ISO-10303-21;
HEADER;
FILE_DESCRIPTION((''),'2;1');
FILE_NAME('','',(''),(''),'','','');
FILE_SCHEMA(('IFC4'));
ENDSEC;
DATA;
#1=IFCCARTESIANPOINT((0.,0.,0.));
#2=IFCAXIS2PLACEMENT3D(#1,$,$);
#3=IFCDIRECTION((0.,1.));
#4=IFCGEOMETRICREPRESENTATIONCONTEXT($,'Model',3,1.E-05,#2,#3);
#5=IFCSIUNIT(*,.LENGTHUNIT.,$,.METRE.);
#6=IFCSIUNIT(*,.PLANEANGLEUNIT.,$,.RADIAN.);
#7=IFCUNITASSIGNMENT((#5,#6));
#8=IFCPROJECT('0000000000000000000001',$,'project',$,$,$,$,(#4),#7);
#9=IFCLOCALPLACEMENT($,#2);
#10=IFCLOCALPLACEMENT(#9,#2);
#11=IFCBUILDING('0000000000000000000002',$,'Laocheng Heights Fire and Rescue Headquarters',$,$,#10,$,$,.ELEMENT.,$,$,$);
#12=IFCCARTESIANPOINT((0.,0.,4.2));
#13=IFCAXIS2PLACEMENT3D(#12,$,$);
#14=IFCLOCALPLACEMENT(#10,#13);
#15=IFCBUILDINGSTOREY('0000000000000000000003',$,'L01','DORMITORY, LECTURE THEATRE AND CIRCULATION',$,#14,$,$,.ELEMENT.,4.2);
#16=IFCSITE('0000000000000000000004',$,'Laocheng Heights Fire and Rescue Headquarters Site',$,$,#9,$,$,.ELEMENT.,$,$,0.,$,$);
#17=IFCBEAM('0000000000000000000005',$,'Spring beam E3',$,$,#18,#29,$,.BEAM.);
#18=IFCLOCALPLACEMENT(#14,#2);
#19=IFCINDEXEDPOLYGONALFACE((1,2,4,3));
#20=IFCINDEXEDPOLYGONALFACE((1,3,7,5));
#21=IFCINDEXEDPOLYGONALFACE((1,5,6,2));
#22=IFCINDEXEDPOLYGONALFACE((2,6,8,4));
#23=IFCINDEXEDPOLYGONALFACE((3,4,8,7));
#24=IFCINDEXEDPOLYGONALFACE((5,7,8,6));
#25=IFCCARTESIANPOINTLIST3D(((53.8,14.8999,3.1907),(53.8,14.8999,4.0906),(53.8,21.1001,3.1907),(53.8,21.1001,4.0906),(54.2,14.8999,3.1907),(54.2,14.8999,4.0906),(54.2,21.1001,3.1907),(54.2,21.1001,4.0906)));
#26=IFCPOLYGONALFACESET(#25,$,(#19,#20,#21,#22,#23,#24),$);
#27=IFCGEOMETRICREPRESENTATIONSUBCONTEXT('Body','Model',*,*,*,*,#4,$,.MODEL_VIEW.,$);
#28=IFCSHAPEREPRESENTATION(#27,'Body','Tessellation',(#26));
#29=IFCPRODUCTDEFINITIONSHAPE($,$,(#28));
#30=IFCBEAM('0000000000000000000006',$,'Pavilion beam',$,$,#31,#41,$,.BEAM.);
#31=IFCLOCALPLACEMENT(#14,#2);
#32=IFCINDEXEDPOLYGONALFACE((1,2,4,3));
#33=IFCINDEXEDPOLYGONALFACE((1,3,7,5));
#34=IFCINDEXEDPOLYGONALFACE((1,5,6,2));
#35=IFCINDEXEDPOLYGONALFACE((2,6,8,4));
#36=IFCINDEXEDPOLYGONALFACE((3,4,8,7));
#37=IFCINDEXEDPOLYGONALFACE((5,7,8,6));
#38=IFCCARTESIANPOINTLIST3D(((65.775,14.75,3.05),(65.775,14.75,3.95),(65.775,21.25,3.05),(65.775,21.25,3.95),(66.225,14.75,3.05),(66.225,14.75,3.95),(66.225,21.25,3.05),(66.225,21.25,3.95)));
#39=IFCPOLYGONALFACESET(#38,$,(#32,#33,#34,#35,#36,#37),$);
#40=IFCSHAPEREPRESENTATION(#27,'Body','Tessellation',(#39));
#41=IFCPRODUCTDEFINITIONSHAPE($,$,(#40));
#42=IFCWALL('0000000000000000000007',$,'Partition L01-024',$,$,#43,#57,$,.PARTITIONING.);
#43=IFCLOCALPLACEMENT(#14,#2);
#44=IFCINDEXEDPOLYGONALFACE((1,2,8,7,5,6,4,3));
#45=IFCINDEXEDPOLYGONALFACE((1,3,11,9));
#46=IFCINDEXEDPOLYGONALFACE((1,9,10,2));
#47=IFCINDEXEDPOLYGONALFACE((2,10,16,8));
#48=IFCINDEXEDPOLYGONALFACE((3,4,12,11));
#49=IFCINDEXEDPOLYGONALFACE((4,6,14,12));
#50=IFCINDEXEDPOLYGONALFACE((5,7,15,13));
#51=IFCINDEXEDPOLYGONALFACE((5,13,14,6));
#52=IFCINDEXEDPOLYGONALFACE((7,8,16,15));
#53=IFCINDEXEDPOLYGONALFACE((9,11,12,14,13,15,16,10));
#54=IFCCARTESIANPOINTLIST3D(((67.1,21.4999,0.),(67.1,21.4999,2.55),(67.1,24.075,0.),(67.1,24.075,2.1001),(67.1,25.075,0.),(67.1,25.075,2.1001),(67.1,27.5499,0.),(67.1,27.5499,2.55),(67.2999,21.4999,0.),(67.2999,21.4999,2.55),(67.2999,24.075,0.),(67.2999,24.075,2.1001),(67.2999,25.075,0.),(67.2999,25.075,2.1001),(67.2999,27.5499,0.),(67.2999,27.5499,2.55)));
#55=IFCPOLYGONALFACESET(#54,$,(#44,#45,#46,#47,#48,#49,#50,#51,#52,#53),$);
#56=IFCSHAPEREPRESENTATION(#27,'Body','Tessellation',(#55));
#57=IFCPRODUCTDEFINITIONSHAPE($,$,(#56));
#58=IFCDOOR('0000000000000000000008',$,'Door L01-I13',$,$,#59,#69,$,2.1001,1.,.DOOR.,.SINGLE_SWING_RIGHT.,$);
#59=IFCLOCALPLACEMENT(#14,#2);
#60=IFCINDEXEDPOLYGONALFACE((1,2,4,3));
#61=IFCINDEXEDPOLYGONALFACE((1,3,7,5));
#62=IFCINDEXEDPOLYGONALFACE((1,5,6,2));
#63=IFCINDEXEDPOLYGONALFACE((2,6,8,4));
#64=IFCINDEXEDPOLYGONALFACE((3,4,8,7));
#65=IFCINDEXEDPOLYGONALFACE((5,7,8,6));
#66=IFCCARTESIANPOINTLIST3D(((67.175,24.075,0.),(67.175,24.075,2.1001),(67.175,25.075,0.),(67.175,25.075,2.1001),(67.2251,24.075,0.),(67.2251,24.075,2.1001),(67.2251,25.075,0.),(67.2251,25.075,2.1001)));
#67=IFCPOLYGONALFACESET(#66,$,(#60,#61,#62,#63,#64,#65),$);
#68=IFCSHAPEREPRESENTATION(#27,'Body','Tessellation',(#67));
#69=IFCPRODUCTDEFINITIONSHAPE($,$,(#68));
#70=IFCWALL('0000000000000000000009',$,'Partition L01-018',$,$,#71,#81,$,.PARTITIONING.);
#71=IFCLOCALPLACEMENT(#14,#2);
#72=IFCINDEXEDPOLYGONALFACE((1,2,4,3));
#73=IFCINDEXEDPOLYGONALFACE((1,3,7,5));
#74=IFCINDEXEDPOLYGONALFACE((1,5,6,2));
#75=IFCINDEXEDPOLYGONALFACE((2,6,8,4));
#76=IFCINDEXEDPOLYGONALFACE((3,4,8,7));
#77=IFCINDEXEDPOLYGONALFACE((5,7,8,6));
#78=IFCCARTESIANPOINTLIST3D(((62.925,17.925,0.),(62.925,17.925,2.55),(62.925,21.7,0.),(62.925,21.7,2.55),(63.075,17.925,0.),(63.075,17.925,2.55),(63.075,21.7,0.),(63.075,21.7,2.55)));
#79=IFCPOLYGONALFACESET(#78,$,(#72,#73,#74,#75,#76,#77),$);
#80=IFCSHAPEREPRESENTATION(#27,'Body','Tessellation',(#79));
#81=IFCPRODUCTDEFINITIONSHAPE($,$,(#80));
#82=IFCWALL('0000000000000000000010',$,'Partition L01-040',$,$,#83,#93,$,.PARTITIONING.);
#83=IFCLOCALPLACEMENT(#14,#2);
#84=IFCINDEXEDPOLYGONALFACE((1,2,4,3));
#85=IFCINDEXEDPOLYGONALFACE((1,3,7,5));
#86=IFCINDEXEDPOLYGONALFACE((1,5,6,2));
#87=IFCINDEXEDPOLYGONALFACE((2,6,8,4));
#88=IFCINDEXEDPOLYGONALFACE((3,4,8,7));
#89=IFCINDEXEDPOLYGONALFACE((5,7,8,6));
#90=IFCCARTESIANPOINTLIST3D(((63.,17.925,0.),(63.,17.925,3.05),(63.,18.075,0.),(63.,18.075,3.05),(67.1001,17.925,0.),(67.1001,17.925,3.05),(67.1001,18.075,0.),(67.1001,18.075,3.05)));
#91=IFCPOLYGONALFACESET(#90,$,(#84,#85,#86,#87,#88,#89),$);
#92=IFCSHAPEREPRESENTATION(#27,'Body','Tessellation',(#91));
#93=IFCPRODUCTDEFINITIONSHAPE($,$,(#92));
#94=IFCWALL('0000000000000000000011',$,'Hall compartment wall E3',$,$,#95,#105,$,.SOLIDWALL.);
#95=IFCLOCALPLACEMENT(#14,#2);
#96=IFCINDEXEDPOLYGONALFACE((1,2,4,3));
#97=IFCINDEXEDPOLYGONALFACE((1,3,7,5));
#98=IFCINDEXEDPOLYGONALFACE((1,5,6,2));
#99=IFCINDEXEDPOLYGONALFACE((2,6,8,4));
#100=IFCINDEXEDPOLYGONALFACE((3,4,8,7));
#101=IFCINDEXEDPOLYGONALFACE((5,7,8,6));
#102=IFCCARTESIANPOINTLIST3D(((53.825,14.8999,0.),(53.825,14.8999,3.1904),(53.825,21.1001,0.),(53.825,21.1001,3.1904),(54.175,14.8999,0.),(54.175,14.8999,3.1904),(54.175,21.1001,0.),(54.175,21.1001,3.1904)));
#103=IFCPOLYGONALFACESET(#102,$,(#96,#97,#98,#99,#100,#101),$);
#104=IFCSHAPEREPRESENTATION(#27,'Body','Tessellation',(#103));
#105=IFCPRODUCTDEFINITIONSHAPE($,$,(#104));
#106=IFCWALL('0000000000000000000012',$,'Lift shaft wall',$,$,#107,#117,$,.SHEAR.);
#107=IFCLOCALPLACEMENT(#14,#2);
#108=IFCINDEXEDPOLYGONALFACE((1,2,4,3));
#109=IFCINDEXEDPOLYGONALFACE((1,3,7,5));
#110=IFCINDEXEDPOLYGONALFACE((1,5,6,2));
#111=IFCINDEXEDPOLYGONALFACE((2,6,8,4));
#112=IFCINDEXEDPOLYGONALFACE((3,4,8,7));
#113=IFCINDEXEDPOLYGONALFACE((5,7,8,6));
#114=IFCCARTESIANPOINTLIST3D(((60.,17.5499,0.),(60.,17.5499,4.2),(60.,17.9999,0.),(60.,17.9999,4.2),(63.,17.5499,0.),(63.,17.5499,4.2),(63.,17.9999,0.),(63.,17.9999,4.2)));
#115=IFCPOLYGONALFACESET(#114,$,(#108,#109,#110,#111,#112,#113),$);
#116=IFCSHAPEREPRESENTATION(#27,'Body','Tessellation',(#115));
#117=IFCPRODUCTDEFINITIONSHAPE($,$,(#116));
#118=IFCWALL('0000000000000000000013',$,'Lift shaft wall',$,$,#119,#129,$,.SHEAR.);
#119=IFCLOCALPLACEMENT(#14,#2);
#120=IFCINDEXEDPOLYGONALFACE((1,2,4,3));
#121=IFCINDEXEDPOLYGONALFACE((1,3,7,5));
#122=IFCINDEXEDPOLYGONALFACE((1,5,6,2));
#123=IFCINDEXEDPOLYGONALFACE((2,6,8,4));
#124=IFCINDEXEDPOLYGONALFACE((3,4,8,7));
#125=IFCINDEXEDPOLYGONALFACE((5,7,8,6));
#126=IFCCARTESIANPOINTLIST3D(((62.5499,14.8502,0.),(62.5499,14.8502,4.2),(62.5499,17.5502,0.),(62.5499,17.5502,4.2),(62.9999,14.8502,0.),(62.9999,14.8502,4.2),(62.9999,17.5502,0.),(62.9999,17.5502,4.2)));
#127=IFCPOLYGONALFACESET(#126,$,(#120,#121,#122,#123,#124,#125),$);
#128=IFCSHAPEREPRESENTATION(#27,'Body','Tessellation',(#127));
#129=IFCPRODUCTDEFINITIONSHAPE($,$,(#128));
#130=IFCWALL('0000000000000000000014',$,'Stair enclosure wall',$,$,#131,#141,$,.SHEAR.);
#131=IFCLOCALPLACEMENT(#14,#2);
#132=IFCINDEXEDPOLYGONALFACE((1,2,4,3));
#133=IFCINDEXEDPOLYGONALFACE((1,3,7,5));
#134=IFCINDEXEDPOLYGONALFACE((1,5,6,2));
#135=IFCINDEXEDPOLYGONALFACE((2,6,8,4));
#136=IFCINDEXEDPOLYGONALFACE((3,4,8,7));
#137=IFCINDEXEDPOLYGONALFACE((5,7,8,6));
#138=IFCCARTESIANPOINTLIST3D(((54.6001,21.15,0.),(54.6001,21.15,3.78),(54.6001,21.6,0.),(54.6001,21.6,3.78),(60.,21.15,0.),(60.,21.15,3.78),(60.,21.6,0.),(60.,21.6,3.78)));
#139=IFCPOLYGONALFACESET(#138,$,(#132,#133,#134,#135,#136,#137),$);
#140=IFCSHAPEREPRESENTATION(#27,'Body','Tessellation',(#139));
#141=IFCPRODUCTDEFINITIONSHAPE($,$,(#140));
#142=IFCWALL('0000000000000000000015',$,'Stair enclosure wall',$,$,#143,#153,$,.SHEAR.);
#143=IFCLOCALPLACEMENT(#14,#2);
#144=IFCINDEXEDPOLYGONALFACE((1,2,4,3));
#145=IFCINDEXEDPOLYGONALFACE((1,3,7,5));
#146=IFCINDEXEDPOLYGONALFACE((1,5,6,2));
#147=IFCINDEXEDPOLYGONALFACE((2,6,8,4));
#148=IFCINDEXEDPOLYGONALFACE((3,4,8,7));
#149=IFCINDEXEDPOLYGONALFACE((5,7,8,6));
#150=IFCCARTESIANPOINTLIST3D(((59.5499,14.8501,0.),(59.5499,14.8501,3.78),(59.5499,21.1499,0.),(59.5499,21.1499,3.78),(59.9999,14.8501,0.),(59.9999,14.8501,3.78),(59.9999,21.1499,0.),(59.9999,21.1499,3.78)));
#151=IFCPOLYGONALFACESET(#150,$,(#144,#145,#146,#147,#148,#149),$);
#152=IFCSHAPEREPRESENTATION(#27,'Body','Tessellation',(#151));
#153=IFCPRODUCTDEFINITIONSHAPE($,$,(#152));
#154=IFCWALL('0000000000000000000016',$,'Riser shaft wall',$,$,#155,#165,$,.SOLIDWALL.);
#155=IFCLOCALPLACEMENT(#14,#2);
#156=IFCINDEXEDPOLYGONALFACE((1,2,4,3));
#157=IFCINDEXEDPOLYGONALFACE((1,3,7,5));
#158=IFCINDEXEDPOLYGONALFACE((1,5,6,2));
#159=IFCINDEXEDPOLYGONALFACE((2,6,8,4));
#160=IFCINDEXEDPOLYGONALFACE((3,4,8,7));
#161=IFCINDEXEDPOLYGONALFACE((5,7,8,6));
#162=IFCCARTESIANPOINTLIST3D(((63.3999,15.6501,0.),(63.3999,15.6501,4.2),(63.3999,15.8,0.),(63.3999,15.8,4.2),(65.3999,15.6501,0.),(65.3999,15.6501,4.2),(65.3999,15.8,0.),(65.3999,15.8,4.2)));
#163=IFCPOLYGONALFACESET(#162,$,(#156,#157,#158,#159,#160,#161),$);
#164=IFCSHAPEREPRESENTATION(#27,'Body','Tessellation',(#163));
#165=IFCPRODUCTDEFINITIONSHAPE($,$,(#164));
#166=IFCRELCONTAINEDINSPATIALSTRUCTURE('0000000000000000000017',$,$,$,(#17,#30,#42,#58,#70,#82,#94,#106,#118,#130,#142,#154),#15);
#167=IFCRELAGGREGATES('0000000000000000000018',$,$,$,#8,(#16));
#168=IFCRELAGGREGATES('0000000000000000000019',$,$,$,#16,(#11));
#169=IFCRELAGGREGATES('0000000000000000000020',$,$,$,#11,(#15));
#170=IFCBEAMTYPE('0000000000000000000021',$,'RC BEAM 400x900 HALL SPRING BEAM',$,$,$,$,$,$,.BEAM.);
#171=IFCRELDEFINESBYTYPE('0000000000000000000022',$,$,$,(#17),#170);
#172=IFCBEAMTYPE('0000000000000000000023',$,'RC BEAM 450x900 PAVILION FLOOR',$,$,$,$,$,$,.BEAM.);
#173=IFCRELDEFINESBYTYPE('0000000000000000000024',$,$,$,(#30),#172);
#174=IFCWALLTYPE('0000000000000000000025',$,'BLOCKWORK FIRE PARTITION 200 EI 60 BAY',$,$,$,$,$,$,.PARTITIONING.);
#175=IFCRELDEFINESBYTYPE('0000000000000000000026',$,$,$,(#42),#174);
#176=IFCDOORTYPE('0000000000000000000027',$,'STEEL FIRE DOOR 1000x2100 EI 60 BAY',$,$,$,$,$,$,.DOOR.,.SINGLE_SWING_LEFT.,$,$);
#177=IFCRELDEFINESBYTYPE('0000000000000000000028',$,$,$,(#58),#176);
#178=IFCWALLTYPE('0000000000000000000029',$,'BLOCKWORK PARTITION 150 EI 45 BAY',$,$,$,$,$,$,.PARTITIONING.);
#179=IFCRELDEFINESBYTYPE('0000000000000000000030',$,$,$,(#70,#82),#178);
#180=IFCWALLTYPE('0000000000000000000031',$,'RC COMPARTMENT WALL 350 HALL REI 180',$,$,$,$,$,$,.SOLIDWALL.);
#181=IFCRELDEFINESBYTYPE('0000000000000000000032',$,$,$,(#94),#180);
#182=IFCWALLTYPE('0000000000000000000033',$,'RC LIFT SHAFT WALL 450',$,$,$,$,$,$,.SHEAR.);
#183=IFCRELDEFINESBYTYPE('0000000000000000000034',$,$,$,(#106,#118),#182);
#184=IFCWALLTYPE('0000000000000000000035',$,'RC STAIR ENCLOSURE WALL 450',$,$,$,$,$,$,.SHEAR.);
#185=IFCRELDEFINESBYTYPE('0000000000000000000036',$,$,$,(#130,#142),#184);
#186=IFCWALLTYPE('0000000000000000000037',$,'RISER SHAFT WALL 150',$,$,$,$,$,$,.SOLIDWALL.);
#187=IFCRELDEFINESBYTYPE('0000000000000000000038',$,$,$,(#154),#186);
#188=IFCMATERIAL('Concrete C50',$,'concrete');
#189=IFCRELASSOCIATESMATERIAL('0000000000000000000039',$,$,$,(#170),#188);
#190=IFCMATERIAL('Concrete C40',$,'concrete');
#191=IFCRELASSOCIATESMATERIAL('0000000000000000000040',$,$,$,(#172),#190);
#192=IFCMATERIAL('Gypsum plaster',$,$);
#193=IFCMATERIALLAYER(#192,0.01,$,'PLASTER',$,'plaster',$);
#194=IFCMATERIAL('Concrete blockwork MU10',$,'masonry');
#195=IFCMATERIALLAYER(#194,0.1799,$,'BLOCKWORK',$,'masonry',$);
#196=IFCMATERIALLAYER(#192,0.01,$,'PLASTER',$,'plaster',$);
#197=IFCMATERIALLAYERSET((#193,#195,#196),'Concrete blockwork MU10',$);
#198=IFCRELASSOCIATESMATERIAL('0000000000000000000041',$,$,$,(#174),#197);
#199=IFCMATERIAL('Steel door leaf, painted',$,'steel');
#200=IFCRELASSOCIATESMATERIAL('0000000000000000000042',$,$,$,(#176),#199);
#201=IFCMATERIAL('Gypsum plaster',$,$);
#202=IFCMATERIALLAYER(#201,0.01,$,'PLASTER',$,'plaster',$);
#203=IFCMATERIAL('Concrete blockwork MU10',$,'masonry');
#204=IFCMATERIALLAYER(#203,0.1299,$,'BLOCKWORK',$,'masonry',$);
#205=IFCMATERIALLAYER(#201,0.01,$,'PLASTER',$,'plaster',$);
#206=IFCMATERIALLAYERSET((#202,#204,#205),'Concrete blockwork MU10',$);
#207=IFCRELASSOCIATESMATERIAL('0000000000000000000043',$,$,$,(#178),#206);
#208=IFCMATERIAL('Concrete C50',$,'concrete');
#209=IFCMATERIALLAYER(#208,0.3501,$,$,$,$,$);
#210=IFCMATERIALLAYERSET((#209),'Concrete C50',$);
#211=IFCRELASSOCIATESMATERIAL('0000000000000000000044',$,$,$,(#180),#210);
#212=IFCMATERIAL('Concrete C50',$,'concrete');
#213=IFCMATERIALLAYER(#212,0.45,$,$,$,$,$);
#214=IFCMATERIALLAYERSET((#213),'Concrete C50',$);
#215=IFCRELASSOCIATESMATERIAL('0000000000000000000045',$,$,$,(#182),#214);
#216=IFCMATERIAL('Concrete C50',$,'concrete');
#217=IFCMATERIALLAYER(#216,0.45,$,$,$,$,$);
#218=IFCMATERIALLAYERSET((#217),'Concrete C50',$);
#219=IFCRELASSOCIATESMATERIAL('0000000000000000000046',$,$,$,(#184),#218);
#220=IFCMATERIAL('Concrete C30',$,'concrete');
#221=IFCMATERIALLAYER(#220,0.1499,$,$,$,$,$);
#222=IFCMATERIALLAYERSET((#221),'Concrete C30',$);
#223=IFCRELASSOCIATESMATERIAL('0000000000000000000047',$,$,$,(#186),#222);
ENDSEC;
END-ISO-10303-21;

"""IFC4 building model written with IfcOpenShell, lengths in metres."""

from ifc_helpers import new_model, si_unit, direction, frame, frame_2d, origin, origin_2d, place, context, subcontext, project, spatial, rectangle, extrude, material, layer, layer_set, material_profile, profile_set, type_object, element, fill, save


model = new_model("IFC4")

# Units and contexts
model_context = context("Model", 3, precision=1e-05, world=origin(), true_north=direction((0.0, 1.0)))
body_context = subcontext(model_context, "Body", "Model", "MODEL_VIEW")
ifc_project = project(units=[si_unit("LENGTHUNIT", "METRE"), si_unit("PLANEANGLEUNIT", "RADIAN")], contexts=[model_context])

# Site, building, storey
site_placement = place(None, origin())
site = spatial("IfcSite", under=ifc_project, at=site_placement, Name="Laocheng Heights Fire and Rescue Headquarters Site", CompositionType="ELEMENT", RefElevation=0.0)
building_placement = place(site_placement, origin())
building = spatial("IfcBuilding", under=site, at=building_placement, Name="Laocheng Heights Fire and Rescue Headquarters", CompositionType="ELEMENT")
storey_placement = place(building_placement, frame((0.0, 0.0, 4.2)))
storey = spatial("IfcBuildingStorey", under=building, at=storey_placement, Name="L01", Description="DORMITORY, LECTURE THEATRE AND CIRCULATION", CompositionType="ELEMENT", Elevation=4.2)

# Beams
ifc_material_1 = material(Name="Concrete C50", Category="concrete")
ifc_material_profile_1 = material_profile(ifc_material_1, rectangle(XDim=0.3999, YDim=0.8999, at=origin_2d()), Name="RC BEAM 400x900 HALL SPRING BEAM")
ifc_profile_set_1 = profile_set([ifc_material_profile_1], Name="Concrete C50")
beam_type_1 = type_object("IfcBeamType", Name="RC BEAM 400x900 HALL SPRING BEAM", PredefinedType="BEAM", material=ifc_profile_set_1)
beam_1_placement = place(storey_placement, frame((54.0, 14.8999, 3.6406), z_axis=(0.0, 1.0, 0.0), x_axis=(-1.0, 0.0, 0.0)))
element("IfcBeam", 1, at=beam_1_placement, inside=storey, type_object=beam_type_1, Name="Spring beam E3", PredefinedType="BEAM", context=body_context, shape_type="SweptSolid", body=[
    extrude(rectangle(XDim=0.3999, YDim=0.8999, at=origin_2d()), origin(), (0.0, 0.0, 1.0), 6.2002),
])
ifc_material_2 = material(Name="Concrete C40", Category="concrete")
ifc_material_profile_2 = material_profile(ifc_material_2, rectangle(XDim=0.45, YDim=0.8999, at=origin_2d()), Name="RC BEAM 450x900 PAVILION FLOOR")
ifc_profile_set_2 = profile_set([ifc_material_profile_2], Name="Concrete C40")
beam_type_2 = type_object("IfcBeamType", Name="RC BEAM 450x900 PAVILION FLOOR", PredefinedType="BEAM", material=ifc_profile_set_2)
beam_2_placement = place(storey_placement, frame((66.0, 14.75, 3.5), z_axis=(0.0, 1.0, 0.0), x_axis=(-1.0, 0.0, 0.0)))
element("IfcBeam", 2, at=beam_2_placement, inside=storey, type_object=beam_type_2, Name="Pavilion beam", PredefinedType="BEAM", context=body_context, shape_type="SweptSolid", body=[
    extrude(rectangle(XDim=0.45, YDim=0.8999, at=origin_2d()), origin(), (0.0, 0.0, 1.0), 6.5),
])

# Wall, opening, door
ifc_material_3 = material(Name="Gypsum plaster")
ifc_layer_1 = layer(ifc_material_3, 0.01, Name="PLASTER", Category="plaster")
ifc_material_4 = material(Name="Concrete blockwork MU10", Category="masonry")
ifc_layer_2 = layer(ifc_material_4, 0.1799, Name="BLOCKWORK", Category="masonry")
ifc_layer_3 = layer(ifc_material_3, 0.01, Name="PLASTER", Category="plaster")
ifc_layer_set_1 = layer_set([ifc_layer_1, ifc_layer_2, ifc_layer_3], Name="Concrete blockwork MU10")
wall_type_1 = type_object("IfcWallType", Name="BLOCKWORK FIRE PARTITION 200 EI 60 BAY", PredefinedType="PARTITIONING", material=ifc_layer_set_1)
wall_1_placement = place(storey_placement, frame((67.2, 21.5, 0.0), z_axis=(0.0, 0.0, 1.0), x_axis=(0.0, 1.0, 0.0)))
wall_1 = element("IfcWall", 3, at=wall_1_placement, inside=storey, type_object=wall_type_1, Name="Partition L01-024", PredefinedType="PARTITIONING", context=body_context, shape_type="SweptSolid", body=[
    extrude(rectangle(XDim=6.05, YDim=0.2, at=frame_2d((3.0249, 0.0))), origin(), (0.0, 0.0, 1.0), 2.55),
])
opening_placement = place(wall_1_placement, frame((2.575, 0.0, 0.0)))
opening = element("IfcOpeningElement", 4, at=opening_placement, cuts=wall_1, PredefinedType="OPENING", context=body_context, shape_type="SweptSolid", body=[
    extrude(rectangle(XDim=1.0, YDim=2.1001, at=frame_2d((0.5, 1.05))), frame((0.0, 0.1099, 0.0), z_axis=(0.0, -1.0, 0.0), x_axis=(1.0, 0.0, 0.0)), (0.0, 0.0, 1.0), 0.22),
])
ifc_material_5 = material(Name="Steel door leaf, painted", Category="steel")
door_type = type_object("IfcDoorType", Name="STEEL FIRE DOOR 1000x2100 EI 60 BAY", OperationType="SINGLE_SWING_LEFT", PredefinedType="DOOR", material=ifc_material_5)
door_placement = place(opening_placement, origin())
door = element("IfcDoor", 5, at=door_placement, inside=storey, type_object=door_type, Name="Door L01-I13", OperationType="SINGLE_SWING_RIGHT", OverallHeight=2.1001, OverallWidth=1.0, PredefinedType="DOOR", context=body_context, shape_type="SweptSolid", body=[
    extrude(rectangle(XDim=1.0, YDim=2.1001, at=frame_2d((0.5, 1.05))), frame((0.0, 0.0249, 0.0), z_axis=(0.0, -1.0, 0.0), x_axis=(1.0, 0.0, 0.0)), (0.0, 0.0, 1.0), 0.05),
])
fill(opening, door)

# Walls
ifc_material_6 = material(Name="Gypsum plaster")
ifc_layer_4 = layer(ifc_material_6, 0.01, Name="PLASTER", Category="plaster")
ifc_material_7 = material(Name="Concrete blockwork MU10", Category="masonry")
ifc_layer_5 = layer(ifc_material_7, 0.1299, Name="BLOCKWORK", Category="masonry")
ifc_layer_6 = layer(ifc_material_6, 0.01, Name="PLASTER", Category="plaster")
ifc_layer_set_2 = layer_set([ifc_layer_4, ifc_layer_5, ifc_layer_6], Name="Concrete blockwork MU10")
wall_type_2 = type_object("IfcWallType", Name="BLOCKWORK PARTITION 150 EI 45 BAY", PredefinedType="PARTITIONING", material=ifc_layer_set_2)
wall_2_placement = place(storey_placement, frame((63.0, 17.925, 0.0), z_axis=(0.0, 0.0, 1.0), x_axis=(0.0, 1.0, 0.0)))
element("IfcWall", 6, at=wall_2_placement, inside=storey, type_object=wall_type_2, Name="Partition L01-018", PredefinedType="PARTITIONING", context=body_context, shape_type="SweptSolid", body=[
    extrude(rectangle(XDim=3.7749, YDim=0.1499, at=frame_2d((1.8875, 0.0))), origin(), (0.0, 0.0, 1.0), 2.55),
])
wall_3_placement = place(storey_placement, frame((63.0, 18.0, 0.0), z_axis=(0.0, 0.0, 1.0), x_axis=(1.0, 0.0, 0.0)))
element("IfcWall", 7, at=wall_3_placement, inside=storey, type_object=wall_type_2, Name="Partition L01-040", PredefinedType="PARTITIONING", context=body_context, shape_type="SweptSolid", body=[
    extrude(rectangle(XDim=4.1001, YDim=0.1499, at=frame_2d((2.05, 0.0))), origin(), (0.0, 0.0, 1.0), 3.05),
])
ifc_material_8 = material(Name="Concrete C50", Category="concrete")
ifc_layer_7 = layer(ifc_material_8, 0.3501)
ifc_layer_set_3 = layer_set([ifc_layer_7], Name="Concrete C50")
wall_type_3 = type_object("IfcWallType", Name="RC COMPARTMENT WALL 350 HALL REI 180", PredefinedType="SOLIDWALL", material=ifc_layer_set_3)
wall_4_placement = place(storey_placement, frame((54.0, 14.8999, 0.0), z_axis=(0.0, 0.0, 1.0), x_axis=(0.0, 1.0, 0.0)))
element("IfcWall", 8, at=wall_4_placement, inside=storey, type_object=wall_type_3, Name="Hall compartment wall E3", PredefinedType="SOLIDWALL", context=body_context, shape_type="SweptSolid", body=[
    extrude(rectangle(XDim=6.2002, YDim=0.3501, at=frame_2d((3.1001, 0.0))), origin(), (0.0, 0.0, 1.0), 3.1904),
])
ifc_material_9 = material(Name="Concrete C50", Category="concrete")
ifc_layer_8 = layer(ifc_material_9, 0.45)
ifc_layer_set_4 = layer_set([ifc_layer_8], Name="Concrete C50")
wall_type_4 = type_object("IfcWallType", Name="RC LIFT SHAFT WALL 450", PredefinedType="SHEAR", material=ifc_layer_set_4)
wall_5_placement = place(storey_placement, frame((60.0, 17.7749, 0.0), z_axis=(0.0, 0.0, 1.0), x_axis=(1.0, 0.0, 0.0)))
element("IfcWall", 9, at=wall_5_placement, inside=storey, type_object=wall_type_4, Name="Lift shaft wall", PredefinedType="SHEAR", context=body_context, shape_type="SweptSolid", body=[
    extrude(rectangle(XDim=3.0, YDim=0.45, at=frame_2d((1.5, 0.0))), origin(), (0.0, 0.0, 1.0), 4.2),
])
wall_6_placement = place(storey_placement, frame((62.7749, 14.8501, 0.0), z_axis=(0.0, 0.0, 1.0), x_axis=(0.0, 1.0, 0.0)))
element("IfcWall", 10, at=wall_6_placement, inside=storey, type_object=wall_type_4, Name="Lift shaft wall", PredefinedType="SHEAR", context=body_context, shape_type="SweptSolid", body=[
    extrude(rectangle(XDim=2.7, YDim=0.45, at=frame_2d((1.3501, 0.0))), origin(), (0.0, 0.0, 1.0), 4.2),
])
ifc_material_10 = material(Name="Concrete C50", Category="concrete")
ifc_layer_9 = layer(ifc_material_10, 0.45)
ifc_layer_set_5 = layer_set([ifc_layer_9], Name="Concrete C50")
wall_type_5 = type_object("IfcWallType", Name="RC STAIR ENCLOSURE WALL 450", PredefinedType="SHEAR", material=ifc_layer_set_5)
wall_7_placement = place(storey_placement, frame((54.6001, 21.375, 0.0), z_axis=(0.0, 0.0, 1.0), x_axis=(1.0, 0.0, 0.0)))
element("IfcWall", 11, at=wall_7_placement, inside=storey, type_object=wall_type_5, Name="Stair enclosure wall", PredefinedType="SHEAR", context=body_context, shape_type="SweptSolid", body=[
    extrude(rectangle(XDim=5.3999, YDim=0.45, at=frame_2d((2.7, 0.0))), origin(), (0.0, 0.0, 1.0), 3.78),
])
wall_8_placement = place(storey_placement, frame((59.7749, 14.8501, 0.0), z_axis=(0.0, 0.0, 1.0), x_axis=(0.0, 1.0, 0.0)))
element("IfcWall", 12, at=wall_8_placement, inside=storey, type_object=wall_type_5, Name="Stair enclosure wall", PredefinedType="SHEAR", context=body_context, shape_type="SweptSolid", body=[
    extrude(rectangle(XDim=6.2998, YDim=0.45, at=frame_2d((3.1499, 0.0))), origin(), (0.0, 0.0, 1.0), 3.78),
])
ifc_material_11 = material(Name="Concrete C30", Category="concrete")
ifc_layer_10 = layer(ifc_material_11, 0.1499)
ifc_layer_set_6 = layer_set([ifc_layer_10], Name="Concrete C30")
wall_type_6 = type_object("IfcWallType", Name="RISER SHAFT WALL 150", PredefinedType="SOLIDWALL", material=ifc_layer_set_6)
wall_9_placement = place(storey_placement, frame((63.3999, 15.7251, 0.0), z_axis=(0.0, 0.0, 1.0), x_axis=(1.0, 0.0, 0.0)))
element("IfcWall", 13, at=wall_9_placement, inside=storey, type_object=wall_type_6, Name="Riser shaft wall", PredefinedType="SOLIDWALL", context=body_context, shape_type="SweptSolid", body=[
    extrude(rectangle(XDim=2.0, YDim=0.1499, at=frame_2d((1.0, 0.0))), origin(), (0.0, 0.0, 1.0), 4.2),
])

save(model, "model.ifc")
